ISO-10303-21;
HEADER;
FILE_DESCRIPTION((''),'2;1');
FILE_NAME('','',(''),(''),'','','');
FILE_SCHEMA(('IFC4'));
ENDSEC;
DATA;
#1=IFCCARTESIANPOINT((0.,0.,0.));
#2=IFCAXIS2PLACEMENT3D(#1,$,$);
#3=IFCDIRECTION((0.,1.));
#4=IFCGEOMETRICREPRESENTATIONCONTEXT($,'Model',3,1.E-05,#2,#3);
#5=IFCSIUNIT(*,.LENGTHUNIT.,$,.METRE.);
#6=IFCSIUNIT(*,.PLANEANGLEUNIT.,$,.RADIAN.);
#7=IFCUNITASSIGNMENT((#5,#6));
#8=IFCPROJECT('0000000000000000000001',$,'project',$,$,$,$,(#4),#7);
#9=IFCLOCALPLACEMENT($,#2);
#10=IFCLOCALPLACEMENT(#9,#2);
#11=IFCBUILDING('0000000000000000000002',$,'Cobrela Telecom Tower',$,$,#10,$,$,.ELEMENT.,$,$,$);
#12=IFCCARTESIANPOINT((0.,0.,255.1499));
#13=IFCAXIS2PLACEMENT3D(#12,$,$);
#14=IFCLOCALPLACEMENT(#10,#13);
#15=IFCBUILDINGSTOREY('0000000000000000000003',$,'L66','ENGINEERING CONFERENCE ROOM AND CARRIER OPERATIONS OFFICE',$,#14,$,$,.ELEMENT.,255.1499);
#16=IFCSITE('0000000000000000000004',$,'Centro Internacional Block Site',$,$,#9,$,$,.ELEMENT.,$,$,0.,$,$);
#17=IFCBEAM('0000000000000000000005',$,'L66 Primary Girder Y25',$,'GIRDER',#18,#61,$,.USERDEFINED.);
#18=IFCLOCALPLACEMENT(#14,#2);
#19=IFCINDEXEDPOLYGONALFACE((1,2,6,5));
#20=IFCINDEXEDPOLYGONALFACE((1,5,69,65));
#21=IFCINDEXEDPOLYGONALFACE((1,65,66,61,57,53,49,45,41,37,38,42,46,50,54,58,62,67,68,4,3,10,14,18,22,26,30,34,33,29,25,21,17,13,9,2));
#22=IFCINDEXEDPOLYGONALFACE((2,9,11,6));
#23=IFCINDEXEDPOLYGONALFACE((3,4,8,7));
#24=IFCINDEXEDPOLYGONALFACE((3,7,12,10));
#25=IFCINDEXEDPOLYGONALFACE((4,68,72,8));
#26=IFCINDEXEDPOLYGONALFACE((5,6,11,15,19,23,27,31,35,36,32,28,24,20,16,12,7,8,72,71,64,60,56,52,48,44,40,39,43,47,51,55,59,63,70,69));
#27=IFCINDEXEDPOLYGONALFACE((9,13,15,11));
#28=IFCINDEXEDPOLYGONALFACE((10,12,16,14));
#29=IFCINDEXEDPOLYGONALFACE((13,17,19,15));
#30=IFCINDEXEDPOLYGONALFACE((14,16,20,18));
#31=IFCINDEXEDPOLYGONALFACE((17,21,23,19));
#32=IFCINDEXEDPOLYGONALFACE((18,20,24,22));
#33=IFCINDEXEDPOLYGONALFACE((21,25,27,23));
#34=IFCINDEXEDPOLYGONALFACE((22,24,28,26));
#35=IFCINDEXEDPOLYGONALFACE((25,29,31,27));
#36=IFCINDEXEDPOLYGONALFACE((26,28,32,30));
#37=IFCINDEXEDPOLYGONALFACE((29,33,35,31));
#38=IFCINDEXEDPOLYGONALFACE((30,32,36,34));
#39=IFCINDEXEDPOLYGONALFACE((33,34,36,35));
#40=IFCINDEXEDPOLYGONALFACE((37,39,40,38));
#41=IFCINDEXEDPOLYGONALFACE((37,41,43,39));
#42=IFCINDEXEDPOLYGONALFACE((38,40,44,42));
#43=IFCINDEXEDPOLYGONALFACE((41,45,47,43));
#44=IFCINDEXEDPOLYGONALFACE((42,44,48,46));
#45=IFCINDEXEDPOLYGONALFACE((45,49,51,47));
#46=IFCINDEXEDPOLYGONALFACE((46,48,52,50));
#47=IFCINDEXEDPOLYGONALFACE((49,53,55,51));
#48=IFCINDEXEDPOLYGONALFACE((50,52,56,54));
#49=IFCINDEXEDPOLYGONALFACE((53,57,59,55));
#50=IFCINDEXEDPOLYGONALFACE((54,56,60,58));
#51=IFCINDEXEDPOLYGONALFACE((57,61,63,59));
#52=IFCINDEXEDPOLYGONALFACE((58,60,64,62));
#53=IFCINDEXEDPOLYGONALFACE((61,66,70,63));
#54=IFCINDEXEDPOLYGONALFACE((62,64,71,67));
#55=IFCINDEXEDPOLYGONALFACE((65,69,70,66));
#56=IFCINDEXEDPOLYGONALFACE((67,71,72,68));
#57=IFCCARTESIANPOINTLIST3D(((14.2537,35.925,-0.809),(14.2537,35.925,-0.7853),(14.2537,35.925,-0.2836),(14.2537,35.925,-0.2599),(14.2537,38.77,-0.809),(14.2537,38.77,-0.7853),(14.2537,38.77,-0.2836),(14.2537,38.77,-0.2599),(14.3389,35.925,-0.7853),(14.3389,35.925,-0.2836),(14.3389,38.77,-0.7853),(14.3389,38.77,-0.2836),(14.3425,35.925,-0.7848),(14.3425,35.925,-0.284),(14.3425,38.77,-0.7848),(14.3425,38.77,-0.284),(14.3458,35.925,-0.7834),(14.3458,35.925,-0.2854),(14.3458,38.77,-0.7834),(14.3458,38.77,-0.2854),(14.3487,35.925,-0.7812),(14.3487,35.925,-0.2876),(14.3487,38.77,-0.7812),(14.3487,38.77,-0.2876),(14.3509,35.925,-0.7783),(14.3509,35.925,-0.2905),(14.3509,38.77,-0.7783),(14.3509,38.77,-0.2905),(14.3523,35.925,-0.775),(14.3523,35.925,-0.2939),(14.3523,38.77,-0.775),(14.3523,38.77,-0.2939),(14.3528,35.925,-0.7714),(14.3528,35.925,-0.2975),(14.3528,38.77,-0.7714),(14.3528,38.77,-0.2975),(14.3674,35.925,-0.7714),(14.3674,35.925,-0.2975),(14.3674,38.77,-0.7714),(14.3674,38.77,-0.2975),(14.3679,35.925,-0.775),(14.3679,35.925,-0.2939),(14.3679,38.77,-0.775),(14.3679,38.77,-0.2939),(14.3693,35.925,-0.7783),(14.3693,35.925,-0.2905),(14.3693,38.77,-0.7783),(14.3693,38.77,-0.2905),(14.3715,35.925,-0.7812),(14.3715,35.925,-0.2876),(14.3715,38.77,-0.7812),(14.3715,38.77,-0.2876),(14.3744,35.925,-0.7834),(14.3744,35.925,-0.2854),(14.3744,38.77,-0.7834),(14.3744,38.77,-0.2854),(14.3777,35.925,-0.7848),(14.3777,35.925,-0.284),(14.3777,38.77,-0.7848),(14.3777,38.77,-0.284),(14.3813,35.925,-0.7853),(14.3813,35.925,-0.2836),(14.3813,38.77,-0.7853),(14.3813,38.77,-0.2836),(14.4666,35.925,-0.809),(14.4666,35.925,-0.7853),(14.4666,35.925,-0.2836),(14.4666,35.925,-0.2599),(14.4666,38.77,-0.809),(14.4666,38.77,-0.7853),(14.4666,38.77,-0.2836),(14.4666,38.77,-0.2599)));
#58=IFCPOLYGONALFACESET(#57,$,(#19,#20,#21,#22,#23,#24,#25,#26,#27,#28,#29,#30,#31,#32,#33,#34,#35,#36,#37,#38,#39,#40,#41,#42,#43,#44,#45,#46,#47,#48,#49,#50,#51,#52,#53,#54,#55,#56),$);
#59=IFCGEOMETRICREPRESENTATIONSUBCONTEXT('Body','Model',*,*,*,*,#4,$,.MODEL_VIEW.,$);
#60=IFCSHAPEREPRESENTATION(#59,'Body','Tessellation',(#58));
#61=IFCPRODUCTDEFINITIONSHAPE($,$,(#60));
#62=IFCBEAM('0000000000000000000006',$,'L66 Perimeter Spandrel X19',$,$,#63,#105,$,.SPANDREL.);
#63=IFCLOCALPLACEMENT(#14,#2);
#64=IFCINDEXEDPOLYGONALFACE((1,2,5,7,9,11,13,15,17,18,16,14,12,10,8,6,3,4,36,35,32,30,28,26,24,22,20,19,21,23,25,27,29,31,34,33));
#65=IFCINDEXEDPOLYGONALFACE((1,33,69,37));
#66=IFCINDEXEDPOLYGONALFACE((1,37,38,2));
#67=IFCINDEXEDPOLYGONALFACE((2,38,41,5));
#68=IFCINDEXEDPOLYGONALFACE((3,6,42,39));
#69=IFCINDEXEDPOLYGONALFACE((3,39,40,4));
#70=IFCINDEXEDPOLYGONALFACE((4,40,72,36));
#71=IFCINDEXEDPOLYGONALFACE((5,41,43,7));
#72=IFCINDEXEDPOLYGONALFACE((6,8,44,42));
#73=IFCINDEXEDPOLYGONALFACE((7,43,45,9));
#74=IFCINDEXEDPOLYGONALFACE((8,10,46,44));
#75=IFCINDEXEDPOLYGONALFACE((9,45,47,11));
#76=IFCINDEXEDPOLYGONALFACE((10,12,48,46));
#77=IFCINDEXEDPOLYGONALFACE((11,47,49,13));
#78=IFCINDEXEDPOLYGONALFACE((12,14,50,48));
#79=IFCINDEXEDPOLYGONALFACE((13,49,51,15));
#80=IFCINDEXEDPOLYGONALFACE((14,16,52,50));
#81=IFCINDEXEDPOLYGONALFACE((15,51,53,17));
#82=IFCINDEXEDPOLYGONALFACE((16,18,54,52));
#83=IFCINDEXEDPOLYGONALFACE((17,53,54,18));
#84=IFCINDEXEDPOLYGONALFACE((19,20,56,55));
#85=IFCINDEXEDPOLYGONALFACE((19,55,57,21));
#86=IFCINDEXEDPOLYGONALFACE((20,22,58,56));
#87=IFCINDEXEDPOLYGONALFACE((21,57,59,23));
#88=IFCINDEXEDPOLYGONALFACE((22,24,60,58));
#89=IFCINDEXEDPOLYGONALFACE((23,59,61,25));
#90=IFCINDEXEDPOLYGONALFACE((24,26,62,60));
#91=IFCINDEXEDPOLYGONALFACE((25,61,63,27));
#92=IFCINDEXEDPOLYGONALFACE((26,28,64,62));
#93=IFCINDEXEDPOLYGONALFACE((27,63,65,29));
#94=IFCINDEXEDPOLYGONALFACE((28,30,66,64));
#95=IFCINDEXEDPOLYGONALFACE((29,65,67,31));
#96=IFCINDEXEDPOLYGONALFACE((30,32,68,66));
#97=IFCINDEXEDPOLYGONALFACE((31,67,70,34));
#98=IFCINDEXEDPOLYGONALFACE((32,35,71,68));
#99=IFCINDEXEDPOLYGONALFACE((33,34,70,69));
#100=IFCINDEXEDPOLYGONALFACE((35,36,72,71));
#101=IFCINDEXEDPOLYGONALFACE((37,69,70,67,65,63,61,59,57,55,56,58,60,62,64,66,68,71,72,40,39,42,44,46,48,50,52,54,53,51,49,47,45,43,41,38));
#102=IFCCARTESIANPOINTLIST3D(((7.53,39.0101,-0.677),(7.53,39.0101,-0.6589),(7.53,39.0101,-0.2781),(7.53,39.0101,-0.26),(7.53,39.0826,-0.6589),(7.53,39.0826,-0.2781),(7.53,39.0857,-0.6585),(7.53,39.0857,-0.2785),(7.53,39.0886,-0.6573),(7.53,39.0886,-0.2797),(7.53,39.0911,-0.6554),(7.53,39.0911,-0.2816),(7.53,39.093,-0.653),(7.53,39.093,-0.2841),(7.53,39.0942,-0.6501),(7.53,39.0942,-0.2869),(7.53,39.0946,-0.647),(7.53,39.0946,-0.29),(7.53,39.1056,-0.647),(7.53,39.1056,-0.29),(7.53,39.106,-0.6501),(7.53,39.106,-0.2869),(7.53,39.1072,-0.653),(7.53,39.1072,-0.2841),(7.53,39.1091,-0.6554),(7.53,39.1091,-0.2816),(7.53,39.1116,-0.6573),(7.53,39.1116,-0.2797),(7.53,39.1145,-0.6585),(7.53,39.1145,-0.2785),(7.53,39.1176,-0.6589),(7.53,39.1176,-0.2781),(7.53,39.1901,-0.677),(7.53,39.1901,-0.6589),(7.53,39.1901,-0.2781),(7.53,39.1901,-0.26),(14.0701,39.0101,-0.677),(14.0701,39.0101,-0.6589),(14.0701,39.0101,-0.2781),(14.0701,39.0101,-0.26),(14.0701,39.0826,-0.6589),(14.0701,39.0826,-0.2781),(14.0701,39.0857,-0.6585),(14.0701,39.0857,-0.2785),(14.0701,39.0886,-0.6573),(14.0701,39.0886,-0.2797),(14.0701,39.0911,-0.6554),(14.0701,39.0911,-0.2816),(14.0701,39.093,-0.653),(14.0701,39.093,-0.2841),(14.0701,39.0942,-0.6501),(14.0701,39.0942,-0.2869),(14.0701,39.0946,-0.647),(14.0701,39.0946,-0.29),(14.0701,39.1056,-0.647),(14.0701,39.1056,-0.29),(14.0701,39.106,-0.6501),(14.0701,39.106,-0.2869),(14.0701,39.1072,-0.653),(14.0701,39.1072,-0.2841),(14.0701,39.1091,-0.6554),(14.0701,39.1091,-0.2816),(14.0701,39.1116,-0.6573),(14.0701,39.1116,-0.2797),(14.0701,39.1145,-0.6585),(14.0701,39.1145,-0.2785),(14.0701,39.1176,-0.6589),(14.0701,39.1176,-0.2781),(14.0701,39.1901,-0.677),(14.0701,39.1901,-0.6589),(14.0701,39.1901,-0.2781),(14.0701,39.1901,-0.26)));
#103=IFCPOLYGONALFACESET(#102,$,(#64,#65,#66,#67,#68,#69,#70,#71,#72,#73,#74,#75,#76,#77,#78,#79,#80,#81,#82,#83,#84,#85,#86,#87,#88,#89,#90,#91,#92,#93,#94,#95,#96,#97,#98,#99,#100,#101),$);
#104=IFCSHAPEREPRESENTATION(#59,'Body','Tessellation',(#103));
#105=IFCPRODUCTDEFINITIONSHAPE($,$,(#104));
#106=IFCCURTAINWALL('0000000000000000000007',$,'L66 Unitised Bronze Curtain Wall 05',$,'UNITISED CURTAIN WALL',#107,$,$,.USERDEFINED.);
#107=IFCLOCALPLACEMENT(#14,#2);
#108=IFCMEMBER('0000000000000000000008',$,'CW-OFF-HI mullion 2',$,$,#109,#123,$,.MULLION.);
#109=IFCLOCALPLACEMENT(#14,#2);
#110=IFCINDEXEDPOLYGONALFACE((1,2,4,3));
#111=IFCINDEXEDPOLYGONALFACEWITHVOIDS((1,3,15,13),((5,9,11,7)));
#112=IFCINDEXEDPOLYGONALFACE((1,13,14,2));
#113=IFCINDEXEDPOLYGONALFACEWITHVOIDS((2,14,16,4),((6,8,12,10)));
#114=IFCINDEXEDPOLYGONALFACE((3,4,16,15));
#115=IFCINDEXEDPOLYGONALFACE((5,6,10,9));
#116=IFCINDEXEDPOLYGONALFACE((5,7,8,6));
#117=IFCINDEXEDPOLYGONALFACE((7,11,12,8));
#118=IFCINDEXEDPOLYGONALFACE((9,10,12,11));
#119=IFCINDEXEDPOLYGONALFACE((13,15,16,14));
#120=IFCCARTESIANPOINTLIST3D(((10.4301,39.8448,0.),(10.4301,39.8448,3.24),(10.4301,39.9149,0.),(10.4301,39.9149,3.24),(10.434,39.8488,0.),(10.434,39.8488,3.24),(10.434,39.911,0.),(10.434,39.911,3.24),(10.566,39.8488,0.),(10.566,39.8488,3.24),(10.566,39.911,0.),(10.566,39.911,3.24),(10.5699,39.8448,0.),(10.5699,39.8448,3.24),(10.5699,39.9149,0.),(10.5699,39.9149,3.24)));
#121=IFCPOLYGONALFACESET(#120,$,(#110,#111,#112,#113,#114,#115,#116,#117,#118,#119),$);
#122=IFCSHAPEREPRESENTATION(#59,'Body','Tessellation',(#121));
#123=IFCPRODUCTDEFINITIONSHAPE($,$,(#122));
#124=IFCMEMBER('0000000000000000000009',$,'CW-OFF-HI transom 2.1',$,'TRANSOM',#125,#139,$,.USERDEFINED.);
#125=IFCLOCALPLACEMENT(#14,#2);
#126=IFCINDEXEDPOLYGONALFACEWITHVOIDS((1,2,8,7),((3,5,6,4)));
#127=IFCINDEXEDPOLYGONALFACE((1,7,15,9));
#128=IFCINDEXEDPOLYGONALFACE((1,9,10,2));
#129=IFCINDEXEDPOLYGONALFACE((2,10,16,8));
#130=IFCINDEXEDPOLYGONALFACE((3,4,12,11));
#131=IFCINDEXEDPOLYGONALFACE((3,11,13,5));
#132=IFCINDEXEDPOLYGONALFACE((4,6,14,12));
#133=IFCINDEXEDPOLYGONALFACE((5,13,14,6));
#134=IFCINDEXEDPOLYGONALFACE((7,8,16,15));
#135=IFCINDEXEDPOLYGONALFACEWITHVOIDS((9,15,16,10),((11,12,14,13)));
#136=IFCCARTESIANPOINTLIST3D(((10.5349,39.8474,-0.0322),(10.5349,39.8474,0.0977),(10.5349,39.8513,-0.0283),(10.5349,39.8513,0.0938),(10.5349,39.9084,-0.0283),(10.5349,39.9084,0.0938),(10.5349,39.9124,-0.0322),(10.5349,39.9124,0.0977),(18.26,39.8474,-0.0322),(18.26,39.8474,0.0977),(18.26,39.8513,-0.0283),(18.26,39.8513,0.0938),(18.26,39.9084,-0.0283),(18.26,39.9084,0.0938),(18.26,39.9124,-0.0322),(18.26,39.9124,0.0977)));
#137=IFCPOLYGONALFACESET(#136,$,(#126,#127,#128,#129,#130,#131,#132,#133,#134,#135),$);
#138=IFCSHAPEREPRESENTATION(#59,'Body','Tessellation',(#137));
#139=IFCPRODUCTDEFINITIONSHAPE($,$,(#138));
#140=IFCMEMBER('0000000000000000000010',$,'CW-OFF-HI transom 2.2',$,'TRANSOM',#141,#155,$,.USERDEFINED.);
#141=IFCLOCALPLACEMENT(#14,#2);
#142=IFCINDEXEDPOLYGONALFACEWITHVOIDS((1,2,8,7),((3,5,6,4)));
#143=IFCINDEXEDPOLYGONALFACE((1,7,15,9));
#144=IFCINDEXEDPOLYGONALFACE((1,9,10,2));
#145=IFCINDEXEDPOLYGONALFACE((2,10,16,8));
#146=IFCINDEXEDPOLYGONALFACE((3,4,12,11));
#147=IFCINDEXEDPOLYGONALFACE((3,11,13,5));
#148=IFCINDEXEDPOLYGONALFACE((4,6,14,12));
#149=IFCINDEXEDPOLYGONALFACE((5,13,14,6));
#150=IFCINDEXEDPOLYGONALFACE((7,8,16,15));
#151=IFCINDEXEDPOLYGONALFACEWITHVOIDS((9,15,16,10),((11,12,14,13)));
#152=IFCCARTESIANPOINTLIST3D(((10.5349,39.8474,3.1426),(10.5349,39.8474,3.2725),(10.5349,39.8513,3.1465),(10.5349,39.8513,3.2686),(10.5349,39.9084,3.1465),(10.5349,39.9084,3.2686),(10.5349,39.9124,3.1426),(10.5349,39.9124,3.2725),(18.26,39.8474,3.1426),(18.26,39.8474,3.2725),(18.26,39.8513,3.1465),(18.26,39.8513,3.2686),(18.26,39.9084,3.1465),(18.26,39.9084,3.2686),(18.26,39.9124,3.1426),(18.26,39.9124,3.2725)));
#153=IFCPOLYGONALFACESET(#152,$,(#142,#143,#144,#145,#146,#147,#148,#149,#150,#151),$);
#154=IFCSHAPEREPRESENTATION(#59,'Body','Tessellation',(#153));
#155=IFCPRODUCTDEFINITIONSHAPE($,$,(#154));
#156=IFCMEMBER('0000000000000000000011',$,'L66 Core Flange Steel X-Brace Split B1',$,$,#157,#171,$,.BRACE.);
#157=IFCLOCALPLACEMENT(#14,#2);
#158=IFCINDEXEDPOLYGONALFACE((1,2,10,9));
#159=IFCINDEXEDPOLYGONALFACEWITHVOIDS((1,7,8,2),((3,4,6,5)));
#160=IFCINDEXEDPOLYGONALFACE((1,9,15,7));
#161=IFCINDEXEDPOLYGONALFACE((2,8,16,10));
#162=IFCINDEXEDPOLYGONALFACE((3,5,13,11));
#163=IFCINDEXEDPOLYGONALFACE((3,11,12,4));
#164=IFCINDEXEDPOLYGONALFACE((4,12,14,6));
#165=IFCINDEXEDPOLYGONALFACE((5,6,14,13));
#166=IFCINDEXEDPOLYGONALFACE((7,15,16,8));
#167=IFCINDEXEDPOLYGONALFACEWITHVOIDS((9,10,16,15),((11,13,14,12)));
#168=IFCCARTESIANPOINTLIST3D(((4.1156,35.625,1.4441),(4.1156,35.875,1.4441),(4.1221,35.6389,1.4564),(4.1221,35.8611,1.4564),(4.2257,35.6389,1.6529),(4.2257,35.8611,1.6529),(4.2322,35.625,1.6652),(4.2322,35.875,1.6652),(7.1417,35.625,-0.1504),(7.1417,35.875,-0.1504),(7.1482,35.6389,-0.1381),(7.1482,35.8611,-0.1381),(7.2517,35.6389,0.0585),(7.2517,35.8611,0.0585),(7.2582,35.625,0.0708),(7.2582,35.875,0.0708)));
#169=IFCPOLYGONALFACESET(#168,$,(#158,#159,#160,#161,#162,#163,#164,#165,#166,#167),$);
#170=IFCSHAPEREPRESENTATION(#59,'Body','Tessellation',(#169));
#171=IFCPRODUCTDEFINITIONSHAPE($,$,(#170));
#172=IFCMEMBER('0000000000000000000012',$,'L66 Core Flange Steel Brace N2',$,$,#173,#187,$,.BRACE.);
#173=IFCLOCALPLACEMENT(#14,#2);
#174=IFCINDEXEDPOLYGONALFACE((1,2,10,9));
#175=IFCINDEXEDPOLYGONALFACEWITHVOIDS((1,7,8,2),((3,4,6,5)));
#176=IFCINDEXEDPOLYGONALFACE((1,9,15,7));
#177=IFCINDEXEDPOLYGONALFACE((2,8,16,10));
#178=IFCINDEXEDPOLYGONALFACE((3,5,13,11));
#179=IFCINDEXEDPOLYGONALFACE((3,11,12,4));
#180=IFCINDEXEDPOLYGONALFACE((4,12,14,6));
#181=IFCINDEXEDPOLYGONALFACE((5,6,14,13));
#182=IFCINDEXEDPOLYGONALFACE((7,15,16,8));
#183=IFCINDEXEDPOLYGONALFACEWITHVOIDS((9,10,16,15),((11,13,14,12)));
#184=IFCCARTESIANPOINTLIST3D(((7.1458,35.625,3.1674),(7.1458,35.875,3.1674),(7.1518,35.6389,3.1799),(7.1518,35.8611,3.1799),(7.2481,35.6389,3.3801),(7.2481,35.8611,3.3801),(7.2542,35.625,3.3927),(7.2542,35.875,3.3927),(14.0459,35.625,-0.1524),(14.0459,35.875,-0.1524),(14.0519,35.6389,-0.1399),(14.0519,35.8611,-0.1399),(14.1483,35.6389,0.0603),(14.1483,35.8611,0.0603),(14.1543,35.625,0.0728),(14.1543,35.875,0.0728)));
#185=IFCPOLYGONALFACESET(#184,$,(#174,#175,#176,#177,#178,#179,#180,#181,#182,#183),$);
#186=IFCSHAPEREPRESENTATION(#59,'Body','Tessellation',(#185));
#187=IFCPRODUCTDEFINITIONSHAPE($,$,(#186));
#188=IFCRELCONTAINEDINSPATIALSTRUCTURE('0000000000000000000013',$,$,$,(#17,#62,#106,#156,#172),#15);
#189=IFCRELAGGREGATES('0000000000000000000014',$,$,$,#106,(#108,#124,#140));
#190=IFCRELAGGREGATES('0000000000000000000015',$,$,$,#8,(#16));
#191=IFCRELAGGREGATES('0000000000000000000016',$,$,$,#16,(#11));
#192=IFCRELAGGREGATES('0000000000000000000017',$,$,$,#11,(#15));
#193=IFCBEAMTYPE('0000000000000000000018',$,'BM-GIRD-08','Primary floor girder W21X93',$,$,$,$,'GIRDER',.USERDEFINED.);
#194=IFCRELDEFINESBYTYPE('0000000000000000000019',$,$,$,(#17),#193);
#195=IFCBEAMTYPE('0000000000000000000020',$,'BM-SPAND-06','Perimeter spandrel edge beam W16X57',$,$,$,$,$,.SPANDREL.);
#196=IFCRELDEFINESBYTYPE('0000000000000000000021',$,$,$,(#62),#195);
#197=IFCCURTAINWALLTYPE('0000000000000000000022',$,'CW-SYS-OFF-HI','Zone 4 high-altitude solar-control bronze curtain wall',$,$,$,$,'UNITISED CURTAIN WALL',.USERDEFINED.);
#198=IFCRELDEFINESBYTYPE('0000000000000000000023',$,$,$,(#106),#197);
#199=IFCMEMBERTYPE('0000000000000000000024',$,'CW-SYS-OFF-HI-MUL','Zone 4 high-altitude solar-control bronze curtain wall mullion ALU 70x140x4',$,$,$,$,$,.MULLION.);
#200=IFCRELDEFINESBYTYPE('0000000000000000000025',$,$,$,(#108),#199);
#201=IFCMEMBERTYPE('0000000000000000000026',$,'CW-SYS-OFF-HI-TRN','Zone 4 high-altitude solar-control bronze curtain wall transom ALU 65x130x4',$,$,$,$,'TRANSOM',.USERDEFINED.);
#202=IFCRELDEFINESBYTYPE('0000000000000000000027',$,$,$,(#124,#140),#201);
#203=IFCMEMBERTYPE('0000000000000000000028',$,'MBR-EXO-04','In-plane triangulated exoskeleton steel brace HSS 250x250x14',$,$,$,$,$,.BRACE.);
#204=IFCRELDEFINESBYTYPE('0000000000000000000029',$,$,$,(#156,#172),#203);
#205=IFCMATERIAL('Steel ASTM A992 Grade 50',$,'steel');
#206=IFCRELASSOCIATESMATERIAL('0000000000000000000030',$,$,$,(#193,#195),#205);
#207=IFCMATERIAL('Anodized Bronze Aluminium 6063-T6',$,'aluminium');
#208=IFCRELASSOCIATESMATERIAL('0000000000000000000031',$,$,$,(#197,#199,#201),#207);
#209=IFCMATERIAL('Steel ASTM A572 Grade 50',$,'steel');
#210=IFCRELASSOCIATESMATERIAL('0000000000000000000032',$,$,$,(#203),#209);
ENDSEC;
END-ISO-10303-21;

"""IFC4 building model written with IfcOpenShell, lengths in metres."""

from ifc_helpers import new_model, si_unit, direction, frame, origin, origin_2d, place, context, subcontext, project, spatial, hollow_rectangle, i_section, extrude, material, material_profile, profile_set, type_object, element, aggregate, save


model = new_model("IFC4")

# Units and contexts
model_context = context("Model", 3, precision=1e-05, world=origin(), true_north=direction((0.0, 1.0)))
body_context = subcontext(model_context, "Body", "Model", "MODEL_VIEW")
ifc_project = project(units=[si_unit("LENGTHUNIT", "METRE"), si_unit("PLANEANGLEUNIT", "RADIAN")], contexts=[model_context])

# Site, building, storey
site_placement = place(None, origin())
site = spatial("IfcSite", under=ifc_project, at=site_placement, Name="Centro Internacional Block Site", CompositionType="ELEMENT", RefElevation=0.0)
building_placement = place(site_placement, origin())
building = spatial("IfcBuilding", under=site, at=building_placement, Name="Cobrela Telecom Tower", CompositionType="ELEMENT")
storey_placement = place(building_placement, frame((0.0, 0.0, 255.1499)))
storey = spatial("IfcBuildingStorey", under=building, at=storey_placement, Name="L66", Description="ENGINEERING CONFERENCE ROOM AND CARRIER OPERATIONS OFFICE", CompositionType="ELEMENT", Elevation=255.1499)

# Shared definitions
ifc_material_1 = material(Name="Steel ASTM A572 Grade 50", Category="steel")

# Beams
ifc_material_2 = material(Name="Steel ASTM A992 Grade 50", Category="steel")
ifc_material_profile_1 = material_profile(ifc_material_2, i_section(OverallWidth=0.2129, OverallDepth=0.5491, WebThickness=0.0146, FlangeThickness=0.0237, FilletRadius=0.0139, at=origin_2d()), Name="W21X93")
ifc_profile_set_1 = profile_set([ifc_material_profile_1], Name="Steel ASTM A992 Grade 50")
beam_type_1 = type_object("IfcBeamType", Name="BM-GIRD-08", Description="Primary floor girder W21X93", ElementType="GIRDER", PredefinedType="USERDEFINED", material=ifc_profile_set_1)
for number, where, z_axis, x_axis, name in (
    (1, (14.3601, 35.925, -0.5344), (0.0, 1.0, 0.0), (-1.0, 0.0, 0.0), "L66 Primary Girder Y25"),
):
    element("IfcBeam", number, at=place(storey_placement, frame(where, z_axis=z_axis, x_axis=x_axis)), inside=storey, type_object=beam_type_1, Name=name, ObjectType="GIRDER", PredefinedType="USERDEFINED", context=body_context, shape_type="SweptSolid", body=[
        extrude(i_section(OverallWidth=0.2129, OverallDepth=0.5491, WebThickness=0.0146, FlangeThickness=0.0237, FilletRadius=0.0139, at=origin_2d()), origin(), (0.0, 0.0, 1.0), 2.845),
    ])
ifc_material_profile_2 = material_profile(ifc_material_2, i_section(OverallWidth=0.1799, OverallDepth=0.417, WebThickness=0.011, FlangeThickness=0.0181, FilletRadius=0.012, at=origin_2d()), Name="W16X57")
ifc_profile_set_2 = profile_set([ifc_material_profile_2], Name="Steel ASTM A992 Grade 50")
beam_type_2 = type_object("IfcBeamType", Name="BM-SPAND-06", Description="Perimeter spandrel edge beam W16X57", PredefinedType="SPANDREL", material=ifc_profile_set_2)
beam_1_placement = place(storey_placement, frame((7.53, 39.1001, -0.4685), z_axis=(1.0, 0.0, 0.0), x_axis=(0.0, 1.0, 0.0)))
element("IfcBeam", 2, at=beam_1_placement, inside=storey, type_object=beam_type_2, Name="L66 Perimeter Spandrel X19", PredefinedType="SPANDREL", context=body_context, shape_type="SweptSolid", body=[
    extrude(i_section(OverallWidth=0.1799, OverallDepth=0.417, WebThickness=0.011, FlangeThickness=0.0181, FilletRadius=0.012, at=origin_2d()), origin(), (0.0, 0.0, 1.0), 6.54),
])

# Curtain wall, members
ifc_material_3 = material(Name="Anodized Bronze Aluminium 6063-T6", Category="aluminium")
curtain_wall_type = type_object("IfcCurtainWallType", Name="CW-SYS-OFF-HI", Description="Zone 4 high-altitude solar-control bronze curtain wall", ElementType="UNITISED CURTAIN WALL", PredefinedType="USERDEFINED", material=ifc_material_3)
curtain_wall_placement = place(storey_placement, origin())
curtain_wall = element("IfcCurtainWall", 3, at=curtain_wall_placement, inside=storey, type_object=curtain_wall_type, Name="L66 Unitised Bronze Curtain Wall 05", ObjectType="UNITISED CURTAIN WALL", PredefinedType="USERDEFINED")
ifc_material_profile_3 = material_profile(ifc_material_3, hollow_rectangle(XDim=0.0701, YDim=0.1399, WallThickness=0.0039, at=origin_2d()), Name="ALU 70x140x4")
ifc_profile_set_3 = profile_set([ifc_material_profile_3], Name="Anodized Bronze Aluminium 6063-T6")
member_type_1 = type_object("IfcMemberType", Name="CW-SYS-OFF-HI-MUL", Description="Zone 4 high-altitude solar-control bronze curtain wall mullion ALU 70x140x4", PredefinedType="MULLION", material=ifc_profile_set_3)
member_1_placement = place(storey_placement, frame((10.5, 39.8799, 0.0), z_axis=(0.0, 0.0, 1.0), x_axis=(0.0, 1.0, 0.0)))
member_1 = element("IfcMember", 4, at=member_1_placement, type_object=member_type_1, Name="CW-OFF-HI mullion 2", PredefinedType="MULLION", context=body_context, shape_type="SweptSolid", body=[
    extrude(hollow_rectangle(XDim=0.0701, YDim=0.1399, WallThickness=0.0039, at=origin_2d()), origin(), (0.0, 0.0, 1.0), 3.24),
])
ifc_material_profile_4 = material_profile(ifc_material_3, hollow_rectangle(XDim=0.0649, YDim=0.1299, WallThickness=0.0039, at=origin_2d()), Name="ALU 65x130x4")
ifc_profile_set_4 = profile_set([ifc_material_profile_4], Name="Anodized Bronze Aluminium 6063-T6")
member_type_2 = type_object("IfcMemberType", Name="CW-SYS-OFF-HI-TRN", Description="Zone 4 high-altitude solar-control bronze curtain wall transom ALU 65x130x4", ElementType="TRANSOM", PredefinedType="USERDEFINED", material=ifc_profile_set_4)
member_2_placement = place(storey_placement, frame((10.5349, 39.8799, 0.0327), z_axis=(1.0, 0.0, 0.0), x_axis=(0.0, 1.0, 0.0)))
member_2 = element("IfcMember", 5, at=member_2_placement, type_object=member_type_2, Name="CW-OFF-HI transom 2.1", ObjectType="TRANSOM", PredefinedType="USERDEFINED", context=body_context, shape_type="SweptSolid", body=[
    extrude(hollow_rectangle(XDim=0.0649, YDim=0.1299, WallThickness=0.0039, at=origin_2d()), origin(), (0.0, 0.0, 1.0), 7.7251),
])
member_3_placement = place(storey_placement, frame((10.5349, 39.8799, 3.2075), z_axis=(1.0, 0.0, 0.0), x_axis=(0.0, 1.0, 0.0)))
member_3 = element("IfcMember", 6, at=member_3_placement, type_object=member_type_2, Name="CW-OFF-HI transom 2.2", ObjectType="TRANSOM", PredefinedType="USERDEFINED", context=body_context, shape_type="SweptSolid", body=[
    extrude(hollow_rectangle(XDim=0.0649, YDim=0.1299, WallThickness=0.0039, at=origin_2d()), origin(), (0.0, 0.0, 1.0), 7.7251),
])

# Members
ifc_material_profile_5 = material_profile(ifc_material_1, hollow_rectangle(XDim=0.25, YDim=0.25, WallThickness=0.0139, at=origin_2d()), Name="HSS 250x250x14")
ifc_profile_set_5 = profile_set([ifc_material_profile_5], Name="Steel ASTM A572 Grade 50")
member_type_3 = type_object("IfcMemberType", Name="MBR-EXO-04", Description="In-plane triangulated exoskeleton steel brace HSS 250x250x14", PredefinedType="BRACE", material=ifc_profile_set_5)
member_4_placement = place(storey_placement, frame((7.2, 35.75, -0.0398), z_axis=(-0.884703, 0.0, 0.466155), x_axis=(0.0, -1.0, 0.0)))
element("IfcMember", 7, at=member_4_placement, inside=storey, type_object=member_type_3, Name="L66 Core Flange Steel X-Brace Split B1", PredefinedType="BRACE", context=body_context, shape_type="SweptSolid", body=[
    extrude(hollow_rectangle(XDim=0.25, YDim=0.25, WallThickness=0.0139, at=origin_2d()), origin(), (0.0, 0.0, 1.0), 3.4204),
])
member_5_placement = place(storey_placement, frame((14.1001, 35.75, -0.0398), z_axis=(-0.901128, 0.0, 0.433554), x_axis=(0.0, -1.0, 0.0)))
element("IfcMember", 8, at=member_5_placement, inside=storey, type_object=member_type_3, Name="L66 Core Flange Steel Brace N2", PredefinedType="BRACE", context=body_context, shape_type="SweptSolid", body=[
    extrude(hollow_rectangle(XDim=0.25, YDim=0.25, WallThickness=0.0139, at=origin_2d()), origin(), (0.0, 0.0, 1.0), 7.6572),
])

aggregate(curtain_wall, [member_1, member_2, member_3])

save(model, "model.ifc")
